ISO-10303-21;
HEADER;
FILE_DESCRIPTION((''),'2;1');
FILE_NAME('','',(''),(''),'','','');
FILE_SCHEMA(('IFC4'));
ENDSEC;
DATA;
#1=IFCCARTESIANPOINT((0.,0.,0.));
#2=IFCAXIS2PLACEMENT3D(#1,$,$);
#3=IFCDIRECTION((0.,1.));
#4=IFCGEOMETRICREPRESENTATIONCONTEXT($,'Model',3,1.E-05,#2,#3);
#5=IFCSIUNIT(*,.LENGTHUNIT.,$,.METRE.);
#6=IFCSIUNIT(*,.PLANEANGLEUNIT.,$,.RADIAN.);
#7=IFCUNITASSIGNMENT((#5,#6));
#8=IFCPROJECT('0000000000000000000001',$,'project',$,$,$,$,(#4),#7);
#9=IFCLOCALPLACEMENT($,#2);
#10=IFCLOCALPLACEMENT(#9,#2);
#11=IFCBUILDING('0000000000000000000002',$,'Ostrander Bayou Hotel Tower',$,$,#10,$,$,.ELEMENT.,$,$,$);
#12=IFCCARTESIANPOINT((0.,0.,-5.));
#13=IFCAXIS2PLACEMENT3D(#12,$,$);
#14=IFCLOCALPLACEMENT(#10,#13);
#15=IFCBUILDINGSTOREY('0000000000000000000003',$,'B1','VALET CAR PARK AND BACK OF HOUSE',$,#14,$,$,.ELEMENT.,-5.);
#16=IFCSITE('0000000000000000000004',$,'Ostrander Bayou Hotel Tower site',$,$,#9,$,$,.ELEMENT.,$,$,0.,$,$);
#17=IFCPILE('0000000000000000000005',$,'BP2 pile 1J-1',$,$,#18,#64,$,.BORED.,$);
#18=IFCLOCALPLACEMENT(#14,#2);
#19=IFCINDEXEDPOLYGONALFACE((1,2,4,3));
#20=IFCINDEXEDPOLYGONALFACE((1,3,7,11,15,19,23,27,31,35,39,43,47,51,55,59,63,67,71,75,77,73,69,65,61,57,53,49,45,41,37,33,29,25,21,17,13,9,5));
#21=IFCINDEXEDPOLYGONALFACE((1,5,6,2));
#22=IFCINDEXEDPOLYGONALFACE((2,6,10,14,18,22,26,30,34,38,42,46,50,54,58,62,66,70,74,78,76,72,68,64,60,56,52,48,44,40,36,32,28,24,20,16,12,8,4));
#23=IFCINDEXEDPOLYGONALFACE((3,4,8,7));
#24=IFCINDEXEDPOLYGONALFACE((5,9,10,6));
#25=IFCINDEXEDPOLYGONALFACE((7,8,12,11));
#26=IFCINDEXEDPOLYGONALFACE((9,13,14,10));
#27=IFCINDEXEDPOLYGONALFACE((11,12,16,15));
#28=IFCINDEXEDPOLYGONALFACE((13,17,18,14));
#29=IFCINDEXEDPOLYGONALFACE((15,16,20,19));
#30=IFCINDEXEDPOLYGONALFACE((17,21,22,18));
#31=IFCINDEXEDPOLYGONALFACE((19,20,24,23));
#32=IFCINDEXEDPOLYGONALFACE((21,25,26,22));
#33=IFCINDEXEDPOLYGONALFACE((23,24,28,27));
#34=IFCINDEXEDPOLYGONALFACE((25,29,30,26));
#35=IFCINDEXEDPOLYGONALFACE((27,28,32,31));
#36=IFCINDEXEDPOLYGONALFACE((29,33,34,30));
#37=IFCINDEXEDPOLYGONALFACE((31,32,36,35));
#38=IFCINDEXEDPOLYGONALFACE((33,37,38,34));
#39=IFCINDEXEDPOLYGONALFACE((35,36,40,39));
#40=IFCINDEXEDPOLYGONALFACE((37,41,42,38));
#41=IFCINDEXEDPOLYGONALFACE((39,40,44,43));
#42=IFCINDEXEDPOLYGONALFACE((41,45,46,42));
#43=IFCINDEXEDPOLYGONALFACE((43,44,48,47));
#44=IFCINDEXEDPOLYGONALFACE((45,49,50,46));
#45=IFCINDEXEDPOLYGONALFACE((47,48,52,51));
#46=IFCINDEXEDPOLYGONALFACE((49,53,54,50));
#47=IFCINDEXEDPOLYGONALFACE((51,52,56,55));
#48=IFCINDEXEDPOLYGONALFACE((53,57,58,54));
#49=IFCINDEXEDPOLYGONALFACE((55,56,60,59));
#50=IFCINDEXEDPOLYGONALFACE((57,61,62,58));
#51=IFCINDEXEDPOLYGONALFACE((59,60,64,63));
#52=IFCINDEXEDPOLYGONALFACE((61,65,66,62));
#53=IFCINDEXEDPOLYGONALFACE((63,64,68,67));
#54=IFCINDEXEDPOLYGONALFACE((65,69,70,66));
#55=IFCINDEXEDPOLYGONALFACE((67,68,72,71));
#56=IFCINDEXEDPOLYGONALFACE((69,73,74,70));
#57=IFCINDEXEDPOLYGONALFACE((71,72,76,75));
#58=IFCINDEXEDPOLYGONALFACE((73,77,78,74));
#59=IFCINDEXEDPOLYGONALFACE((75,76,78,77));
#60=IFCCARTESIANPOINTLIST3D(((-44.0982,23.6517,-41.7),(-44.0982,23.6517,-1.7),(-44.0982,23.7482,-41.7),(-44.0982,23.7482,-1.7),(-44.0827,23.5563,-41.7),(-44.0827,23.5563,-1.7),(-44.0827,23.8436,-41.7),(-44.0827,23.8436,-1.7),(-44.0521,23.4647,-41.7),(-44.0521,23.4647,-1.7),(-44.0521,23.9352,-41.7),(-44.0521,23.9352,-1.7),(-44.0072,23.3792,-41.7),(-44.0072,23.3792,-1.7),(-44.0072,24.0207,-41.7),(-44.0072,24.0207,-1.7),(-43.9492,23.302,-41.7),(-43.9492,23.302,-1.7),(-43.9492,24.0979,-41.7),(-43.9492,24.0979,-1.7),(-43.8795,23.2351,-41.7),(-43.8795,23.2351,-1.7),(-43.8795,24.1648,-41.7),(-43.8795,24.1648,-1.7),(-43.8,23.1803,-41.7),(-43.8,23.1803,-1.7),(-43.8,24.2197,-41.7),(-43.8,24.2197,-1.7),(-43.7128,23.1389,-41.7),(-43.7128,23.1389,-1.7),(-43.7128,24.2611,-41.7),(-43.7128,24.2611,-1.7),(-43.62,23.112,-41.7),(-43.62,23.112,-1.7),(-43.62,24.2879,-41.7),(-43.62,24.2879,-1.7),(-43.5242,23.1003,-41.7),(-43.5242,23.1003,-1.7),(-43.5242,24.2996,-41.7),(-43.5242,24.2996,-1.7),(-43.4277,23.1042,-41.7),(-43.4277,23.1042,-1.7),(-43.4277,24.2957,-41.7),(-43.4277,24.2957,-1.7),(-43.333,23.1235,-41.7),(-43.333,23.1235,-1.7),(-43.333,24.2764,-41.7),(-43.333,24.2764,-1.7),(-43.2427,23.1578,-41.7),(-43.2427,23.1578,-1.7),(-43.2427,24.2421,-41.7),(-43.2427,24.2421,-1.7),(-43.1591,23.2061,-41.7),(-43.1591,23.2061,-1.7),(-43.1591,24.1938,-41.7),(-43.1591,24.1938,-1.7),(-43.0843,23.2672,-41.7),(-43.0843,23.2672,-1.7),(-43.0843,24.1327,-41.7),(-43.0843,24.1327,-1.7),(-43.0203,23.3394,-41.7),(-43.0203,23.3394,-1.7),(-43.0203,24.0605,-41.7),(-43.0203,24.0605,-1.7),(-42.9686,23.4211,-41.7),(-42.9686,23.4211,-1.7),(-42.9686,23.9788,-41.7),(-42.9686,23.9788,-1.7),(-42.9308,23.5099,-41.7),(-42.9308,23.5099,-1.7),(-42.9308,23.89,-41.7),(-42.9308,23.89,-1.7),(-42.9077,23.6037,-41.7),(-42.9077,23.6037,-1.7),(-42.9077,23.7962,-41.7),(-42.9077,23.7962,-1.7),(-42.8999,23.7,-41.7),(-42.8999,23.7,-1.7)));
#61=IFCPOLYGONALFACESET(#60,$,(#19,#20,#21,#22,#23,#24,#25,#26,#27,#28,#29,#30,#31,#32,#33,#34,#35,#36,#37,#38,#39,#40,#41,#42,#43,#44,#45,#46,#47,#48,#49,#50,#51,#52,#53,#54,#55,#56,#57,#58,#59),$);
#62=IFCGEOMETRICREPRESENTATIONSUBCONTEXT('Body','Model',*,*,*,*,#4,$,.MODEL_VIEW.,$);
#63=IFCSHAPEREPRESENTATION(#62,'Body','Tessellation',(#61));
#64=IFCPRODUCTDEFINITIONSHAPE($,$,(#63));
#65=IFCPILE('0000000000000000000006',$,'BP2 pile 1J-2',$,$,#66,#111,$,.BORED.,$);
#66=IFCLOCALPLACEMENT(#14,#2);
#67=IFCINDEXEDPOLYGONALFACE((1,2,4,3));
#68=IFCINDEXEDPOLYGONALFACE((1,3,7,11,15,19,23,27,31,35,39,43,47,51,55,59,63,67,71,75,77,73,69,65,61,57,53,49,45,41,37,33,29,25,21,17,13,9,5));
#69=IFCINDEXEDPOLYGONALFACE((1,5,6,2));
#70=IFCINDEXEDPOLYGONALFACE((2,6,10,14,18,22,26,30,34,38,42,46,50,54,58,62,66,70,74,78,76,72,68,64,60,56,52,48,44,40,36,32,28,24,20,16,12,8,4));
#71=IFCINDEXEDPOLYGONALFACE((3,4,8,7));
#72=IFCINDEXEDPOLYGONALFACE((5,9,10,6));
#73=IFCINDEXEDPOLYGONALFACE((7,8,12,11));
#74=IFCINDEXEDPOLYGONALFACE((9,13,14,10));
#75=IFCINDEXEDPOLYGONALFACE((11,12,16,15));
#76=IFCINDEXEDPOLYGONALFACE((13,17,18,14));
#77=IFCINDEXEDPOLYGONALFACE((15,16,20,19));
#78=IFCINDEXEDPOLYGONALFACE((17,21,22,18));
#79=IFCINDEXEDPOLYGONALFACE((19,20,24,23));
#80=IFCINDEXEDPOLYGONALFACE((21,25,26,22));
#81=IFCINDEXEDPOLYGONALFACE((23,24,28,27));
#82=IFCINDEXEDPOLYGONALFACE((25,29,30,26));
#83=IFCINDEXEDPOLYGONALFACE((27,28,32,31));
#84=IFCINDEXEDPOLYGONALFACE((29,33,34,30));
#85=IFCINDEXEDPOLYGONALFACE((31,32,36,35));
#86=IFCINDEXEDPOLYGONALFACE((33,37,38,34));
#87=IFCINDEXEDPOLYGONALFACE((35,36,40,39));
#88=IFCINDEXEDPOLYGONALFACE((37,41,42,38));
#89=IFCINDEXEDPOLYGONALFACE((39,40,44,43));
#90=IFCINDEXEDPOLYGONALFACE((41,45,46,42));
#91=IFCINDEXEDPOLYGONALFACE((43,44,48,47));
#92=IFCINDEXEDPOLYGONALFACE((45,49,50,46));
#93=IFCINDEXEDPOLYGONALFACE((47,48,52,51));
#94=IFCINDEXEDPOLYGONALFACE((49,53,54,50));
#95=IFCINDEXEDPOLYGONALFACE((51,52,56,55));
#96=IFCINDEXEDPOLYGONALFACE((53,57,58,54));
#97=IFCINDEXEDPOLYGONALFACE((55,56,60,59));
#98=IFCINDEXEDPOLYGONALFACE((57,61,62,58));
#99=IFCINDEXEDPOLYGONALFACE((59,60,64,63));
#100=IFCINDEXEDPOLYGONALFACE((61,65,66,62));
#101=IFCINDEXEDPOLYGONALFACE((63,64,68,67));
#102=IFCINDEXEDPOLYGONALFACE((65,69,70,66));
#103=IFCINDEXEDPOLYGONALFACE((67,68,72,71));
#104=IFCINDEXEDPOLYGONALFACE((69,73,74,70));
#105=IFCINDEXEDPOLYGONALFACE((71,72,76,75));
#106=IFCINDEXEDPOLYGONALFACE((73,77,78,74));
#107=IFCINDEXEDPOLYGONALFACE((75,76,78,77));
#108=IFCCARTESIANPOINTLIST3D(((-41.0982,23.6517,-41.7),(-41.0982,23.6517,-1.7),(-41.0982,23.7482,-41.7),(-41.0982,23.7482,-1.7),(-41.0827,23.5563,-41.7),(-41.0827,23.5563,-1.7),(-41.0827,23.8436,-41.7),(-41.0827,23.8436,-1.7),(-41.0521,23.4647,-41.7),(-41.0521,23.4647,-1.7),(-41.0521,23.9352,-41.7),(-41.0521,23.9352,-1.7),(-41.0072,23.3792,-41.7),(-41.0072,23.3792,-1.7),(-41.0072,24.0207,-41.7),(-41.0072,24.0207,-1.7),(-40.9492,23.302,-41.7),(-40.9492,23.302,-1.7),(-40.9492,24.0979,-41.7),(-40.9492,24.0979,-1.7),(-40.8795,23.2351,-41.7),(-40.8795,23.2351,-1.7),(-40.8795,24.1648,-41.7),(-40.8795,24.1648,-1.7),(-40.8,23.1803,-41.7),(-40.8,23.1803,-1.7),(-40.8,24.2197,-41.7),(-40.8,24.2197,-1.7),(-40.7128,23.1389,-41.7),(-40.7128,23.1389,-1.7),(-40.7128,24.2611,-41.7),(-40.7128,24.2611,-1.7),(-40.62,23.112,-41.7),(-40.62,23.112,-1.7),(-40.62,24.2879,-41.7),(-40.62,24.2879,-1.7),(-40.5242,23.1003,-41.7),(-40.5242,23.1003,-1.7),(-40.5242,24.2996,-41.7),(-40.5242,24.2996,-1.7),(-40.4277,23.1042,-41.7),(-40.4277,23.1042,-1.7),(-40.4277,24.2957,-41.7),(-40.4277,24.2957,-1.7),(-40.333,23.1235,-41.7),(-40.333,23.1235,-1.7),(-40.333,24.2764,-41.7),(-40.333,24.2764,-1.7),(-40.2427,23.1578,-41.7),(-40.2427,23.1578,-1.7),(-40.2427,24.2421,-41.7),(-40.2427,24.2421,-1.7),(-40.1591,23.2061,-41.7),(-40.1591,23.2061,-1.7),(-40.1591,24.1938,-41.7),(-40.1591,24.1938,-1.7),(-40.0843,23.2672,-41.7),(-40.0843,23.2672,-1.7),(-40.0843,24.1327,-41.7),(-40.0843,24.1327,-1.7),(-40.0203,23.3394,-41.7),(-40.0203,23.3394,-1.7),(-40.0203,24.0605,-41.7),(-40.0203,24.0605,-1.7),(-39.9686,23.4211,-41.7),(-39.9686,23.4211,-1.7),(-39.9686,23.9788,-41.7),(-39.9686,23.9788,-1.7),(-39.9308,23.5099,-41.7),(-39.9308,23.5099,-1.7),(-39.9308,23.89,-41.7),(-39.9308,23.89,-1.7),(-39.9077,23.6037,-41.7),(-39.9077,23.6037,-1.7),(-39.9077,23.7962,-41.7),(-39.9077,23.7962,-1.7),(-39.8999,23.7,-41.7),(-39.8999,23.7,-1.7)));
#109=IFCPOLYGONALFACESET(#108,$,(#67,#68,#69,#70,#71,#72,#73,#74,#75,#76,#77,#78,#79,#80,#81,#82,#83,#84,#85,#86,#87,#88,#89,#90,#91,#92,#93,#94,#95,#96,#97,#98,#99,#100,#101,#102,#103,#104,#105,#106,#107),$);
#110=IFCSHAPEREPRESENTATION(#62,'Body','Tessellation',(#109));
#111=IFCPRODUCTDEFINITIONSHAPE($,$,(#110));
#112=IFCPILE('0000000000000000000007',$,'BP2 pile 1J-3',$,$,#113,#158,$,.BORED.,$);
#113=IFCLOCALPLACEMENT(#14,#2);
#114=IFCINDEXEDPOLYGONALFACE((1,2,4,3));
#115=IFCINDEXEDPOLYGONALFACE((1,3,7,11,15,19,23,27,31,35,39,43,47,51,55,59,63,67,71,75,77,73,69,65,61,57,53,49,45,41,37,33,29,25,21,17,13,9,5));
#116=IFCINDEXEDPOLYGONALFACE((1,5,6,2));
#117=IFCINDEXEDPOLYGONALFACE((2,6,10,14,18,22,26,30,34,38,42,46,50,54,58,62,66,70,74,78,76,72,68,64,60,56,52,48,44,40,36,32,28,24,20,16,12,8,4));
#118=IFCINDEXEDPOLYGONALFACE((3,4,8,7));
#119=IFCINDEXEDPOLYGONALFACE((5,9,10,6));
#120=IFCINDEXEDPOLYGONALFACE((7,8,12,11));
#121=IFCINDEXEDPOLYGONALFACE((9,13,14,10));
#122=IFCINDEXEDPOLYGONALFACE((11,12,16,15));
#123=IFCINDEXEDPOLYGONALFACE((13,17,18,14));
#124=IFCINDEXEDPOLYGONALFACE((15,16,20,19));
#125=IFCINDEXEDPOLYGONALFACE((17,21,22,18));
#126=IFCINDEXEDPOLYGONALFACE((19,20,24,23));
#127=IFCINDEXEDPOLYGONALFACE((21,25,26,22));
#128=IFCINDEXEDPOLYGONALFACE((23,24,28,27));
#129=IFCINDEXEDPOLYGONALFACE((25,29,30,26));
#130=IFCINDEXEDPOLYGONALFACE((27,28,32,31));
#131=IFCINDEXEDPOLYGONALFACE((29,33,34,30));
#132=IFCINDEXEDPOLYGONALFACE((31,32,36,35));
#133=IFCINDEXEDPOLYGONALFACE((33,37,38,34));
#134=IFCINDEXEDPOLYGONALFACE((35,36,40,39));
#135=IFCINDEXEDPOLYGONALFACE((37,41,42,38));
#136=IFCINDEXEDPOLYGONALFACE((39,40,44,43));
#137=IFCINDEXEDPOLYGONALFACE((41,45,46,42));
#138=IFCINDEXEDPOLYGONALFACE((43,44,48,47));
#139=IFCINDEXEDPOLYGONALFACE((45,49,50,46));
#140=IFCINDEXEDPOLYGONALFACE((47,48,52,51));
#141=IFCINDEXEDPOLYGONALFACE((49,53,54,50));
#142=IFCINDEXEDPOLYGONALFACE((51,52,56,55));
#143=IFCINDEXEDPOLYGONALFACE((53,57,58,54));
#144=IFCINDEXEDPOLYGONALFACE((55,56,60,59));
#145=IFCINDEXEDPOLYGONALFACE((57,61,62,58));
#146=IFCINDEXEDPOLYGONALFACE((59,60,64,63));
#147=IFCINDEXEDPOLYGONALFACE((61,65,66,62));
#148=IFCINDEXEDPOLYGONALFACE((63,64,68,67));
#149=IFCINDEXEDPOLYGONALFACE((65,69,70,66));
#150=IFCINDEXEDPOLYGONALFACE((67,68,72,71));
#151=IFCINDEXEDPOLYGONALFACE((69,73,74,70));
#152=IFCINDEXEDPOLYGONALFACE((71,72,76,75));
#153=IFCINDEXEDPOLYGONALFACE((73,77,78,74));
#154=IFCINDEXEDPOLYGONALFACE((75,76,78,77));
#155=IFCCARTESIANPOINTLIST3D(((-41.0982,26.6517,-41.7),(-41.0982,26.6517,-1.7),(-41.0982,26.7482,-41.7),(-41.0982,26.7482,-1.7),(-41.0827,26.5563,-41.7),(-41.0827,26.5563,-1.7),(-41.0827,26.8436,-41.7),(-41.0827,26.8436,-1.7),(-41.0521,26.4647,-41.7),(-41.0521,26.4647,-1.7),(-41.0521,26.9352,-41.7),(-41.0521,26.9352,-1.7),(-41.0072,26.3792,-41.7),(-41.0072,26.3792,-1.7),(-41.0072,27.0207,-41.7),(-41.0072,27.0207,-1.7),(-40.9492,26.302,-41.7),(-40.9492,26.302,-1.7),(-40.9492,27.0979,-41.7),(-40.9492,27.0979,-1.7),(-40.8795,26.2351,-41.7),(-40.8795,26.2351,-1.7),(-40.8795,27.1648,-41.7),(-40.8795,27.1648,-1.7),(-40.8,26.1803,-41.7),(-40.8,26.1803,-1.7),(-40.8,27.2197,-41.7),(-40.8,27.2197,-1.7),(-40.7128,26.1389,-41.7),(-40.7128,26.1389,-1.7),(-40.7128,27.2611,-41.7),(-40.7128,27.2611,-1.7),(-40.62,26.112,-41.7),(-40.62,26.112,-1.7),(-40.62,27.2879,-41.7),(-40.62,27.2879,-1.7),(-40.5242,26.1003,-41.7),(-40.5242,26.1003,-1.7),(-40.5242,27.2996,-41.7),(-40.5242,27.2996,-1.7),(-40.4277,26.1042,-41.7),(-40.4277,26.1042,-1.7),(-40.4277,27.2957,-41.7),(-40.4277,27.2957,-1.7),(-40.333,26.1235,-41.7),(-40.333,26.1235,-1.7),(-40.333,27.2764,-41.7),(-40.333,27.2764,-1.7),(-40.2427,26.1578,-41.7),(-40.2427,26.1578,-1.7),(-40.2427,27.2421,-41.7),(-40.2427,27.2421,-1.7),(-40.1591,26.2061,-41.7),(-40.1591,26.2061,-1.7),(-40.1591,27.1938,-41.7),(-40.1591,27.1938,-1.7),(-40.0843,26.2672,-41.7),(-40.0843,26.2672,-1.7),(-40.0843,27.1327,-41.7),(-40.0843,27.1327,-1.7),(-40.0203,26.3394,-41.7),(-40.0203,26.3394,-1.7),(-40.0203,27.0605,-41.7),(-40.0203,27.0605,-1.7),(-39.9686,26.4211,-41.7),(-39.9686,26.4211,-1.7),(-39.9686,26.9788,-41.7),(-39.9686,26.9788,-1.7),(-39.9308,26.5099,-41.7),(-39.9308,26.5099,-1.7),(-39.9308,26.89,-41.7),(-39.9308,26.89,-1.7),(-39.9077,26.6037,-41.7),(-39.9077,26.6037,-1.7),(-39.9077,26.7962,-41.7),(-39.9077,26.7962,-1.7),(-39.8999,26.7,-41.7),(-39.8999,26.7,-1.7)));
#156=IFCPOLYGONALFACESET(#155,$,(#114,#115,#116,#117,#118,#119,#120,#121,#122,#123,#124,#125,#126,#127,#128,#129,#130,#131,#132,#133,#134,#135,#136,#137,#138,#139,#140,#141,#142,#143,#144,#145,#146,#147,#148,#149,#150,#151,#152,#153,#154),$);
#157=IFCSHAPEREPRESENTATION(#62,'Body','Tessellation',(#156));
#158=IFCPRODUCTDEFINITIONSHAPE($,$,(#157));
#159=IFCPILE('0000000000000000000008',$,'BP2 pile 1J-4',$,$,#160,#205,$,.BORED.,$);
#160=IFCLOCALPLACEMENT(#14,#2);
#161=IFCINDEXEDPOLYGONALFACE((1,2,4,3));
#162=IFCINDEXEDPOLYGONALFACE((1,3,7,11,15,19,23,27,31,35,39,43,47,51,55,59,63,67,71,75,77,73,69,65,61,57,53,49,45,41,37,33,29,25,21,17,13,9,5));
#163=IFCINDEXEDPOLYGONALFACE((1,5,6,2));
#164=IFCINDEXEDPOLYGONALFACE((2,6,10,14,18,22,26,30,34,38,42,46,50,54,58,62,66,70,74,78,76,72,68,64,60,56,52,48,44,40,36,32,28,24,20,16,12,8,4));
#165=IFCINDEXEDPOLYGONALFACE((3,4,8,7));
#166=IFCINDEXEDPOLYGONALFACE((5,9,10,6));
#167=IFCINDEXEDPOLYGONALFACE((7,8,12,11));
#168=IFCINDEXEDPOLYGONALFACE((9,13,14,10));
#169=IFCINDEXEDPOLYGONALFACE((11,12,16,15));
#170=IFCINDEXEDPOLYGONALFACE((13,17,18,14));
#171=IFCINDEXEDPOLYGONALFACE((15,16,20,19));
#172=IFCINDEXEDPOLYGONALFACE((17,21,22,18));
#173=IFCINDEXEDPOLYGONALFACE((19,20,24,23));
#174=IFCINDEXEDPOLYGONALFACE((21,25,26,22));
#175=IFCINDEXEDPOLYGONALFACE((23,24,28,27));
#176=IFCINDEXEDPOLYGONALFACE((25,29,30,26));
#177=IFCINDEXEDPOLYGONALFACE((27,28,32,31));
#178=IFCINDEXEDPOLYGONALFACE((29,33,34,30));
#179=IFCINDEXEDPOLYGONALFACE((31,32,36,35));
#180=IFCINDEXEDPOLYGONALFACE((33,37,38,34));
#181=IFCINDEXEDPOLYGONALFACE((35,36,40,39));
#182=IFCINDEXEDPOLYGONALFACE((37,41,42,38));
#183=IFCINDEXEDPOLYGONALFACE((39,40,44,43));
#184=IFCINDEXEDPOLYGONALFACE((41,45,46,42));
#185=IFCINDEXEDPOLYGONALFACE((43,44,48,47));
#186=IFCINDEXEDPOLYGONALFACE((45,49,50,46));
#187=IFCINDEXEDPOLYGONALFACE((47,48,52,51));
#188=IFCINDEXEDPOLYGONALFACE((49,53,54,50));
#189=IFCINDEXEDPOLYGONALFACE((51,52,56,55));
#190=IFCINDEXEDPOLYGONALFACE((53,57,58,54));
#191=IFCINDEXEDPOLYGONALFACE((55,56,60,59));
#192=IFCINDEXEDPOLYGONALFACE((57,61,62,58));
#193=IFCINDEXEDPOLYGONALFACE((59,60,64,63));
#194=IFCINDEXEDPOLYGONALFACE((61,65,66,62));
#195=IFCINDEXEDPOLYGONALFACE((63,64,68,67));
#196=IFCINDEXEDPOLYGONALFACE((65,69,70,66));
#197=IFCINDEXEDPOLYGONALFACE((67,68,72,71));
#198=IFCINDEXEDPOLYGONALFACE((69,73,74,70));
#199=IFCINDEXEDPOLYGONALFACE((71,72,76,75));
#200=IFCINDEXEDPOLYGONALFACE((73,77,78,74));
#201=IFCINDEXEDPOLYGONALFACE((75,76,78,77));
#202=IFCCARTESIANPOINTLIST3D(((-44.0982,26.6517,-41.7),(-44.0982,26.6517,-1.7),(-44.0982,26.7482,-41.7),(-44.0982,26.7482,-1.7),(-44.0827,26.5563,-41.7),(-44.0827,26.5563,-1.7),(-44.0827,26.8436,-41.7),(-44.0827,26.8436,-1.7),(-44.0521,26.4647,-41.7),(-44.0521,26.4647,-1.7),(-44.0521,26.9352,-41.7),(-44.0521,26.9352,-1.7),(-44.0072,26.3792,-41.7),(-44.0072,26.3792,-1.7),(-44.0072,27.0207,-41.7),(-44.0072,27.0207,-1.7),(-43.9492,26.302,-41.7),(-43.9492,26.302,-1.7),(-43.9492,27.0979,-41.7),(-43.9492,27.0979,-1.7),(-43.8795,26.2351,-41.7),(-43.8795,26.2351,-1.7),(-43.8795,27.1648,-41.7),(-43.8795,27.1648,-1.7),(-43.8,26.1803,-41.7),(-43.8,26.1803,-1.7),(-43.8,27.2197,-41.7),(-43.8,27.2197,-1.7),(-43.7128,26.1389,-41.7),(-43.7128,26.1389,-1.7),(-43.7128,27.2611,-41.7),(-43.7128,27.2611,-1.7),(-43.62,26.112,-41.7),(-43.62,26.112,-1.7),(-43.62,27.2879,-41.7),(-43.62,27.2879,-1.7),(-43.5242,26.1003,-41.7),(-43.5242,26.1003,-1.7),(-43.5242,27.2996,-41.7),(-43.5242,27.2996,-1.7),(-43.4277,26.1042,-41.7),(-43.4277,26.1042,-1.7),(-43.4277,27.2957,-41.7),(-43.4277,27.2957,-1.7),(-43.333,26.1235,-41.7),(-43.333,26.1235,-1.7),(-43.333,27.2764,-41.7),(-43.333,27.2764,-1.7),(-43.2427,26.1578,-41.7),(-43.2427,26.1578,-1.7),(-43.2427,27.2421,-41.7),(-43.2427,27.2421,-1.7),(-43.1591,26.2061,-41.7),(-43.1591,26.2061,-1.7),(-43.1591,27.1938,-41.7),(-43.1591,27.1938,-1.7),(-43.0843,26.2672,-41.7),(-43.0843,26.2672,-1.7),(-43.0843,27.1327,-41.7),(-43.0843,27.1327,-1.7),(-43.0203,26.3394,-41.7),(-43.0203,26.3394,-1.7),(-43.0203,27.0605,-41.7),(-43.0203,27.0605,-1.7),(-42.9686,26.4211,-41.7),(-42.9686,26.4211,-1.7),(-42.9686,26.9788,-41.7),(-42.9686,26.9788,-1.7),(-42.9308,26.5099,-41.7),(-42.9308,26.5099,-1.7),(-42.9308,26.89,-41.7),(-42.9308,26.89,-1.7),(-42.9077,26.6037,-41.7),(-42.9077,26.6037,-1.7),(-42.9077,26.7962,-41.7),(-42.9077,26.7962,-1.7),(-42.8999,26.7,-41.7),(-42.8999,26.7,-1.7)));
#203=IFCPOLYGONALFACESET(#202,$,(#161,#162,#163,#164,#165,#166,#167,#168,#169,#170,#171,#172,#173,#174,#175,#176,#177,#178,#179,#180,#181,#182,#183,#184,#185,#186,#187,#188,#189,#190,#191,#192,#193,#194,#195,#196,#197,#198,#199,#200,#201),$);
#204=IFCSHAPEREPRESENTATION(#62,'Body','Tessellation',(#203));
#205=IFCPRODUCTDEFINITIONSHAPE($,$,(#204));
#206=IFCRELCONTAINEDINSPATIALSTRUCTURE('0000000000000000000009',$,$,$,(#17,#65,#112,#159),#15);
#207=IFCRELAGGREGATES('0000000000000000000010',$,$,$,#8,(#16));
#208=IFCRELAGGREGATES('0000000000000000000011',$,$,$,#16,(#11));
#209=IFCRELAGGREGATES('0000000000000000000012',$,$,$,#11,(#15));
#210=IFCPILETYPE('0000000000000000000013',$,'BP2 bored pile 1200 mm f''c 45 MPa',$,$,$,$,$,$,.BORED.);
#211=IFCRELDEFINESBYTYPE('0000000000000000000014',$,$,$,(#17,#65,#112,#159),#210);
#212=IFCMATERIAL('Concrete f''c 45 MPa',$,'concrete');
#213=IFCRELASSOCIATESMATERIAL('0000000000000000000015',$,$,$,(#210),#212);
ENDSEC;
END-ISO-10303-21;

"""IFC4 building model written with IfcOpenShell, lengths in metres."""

from ifc_helpers import new_model, si_unit, direction, frame, origin, origin_2d, place, context, subcontext, project, spatial, circle, extrude, material, material_profile, profile_set, type_object, element, save


model = new_model("IFC4")

# Units and contexts
model_context = context("Model", 3, precision=1e-05, world=origin(), true_north=direction((0.0, 1.0)))
body_context = subcontext(model_context, "Body", "Model", "MODEL_VIEW")
ifc_project = project(units=[si_unit("LENGTHUNIT", "METRE"), si_unit("PLANEANGLEUNIT", "RADIAN")], contexts=[model_context])

# Site, building, storey
site_placement = place(None, origin())
site = spatial("IfcSite", under=ifc_project, at=site_placement, Name="Ostrander Bayou Hotel Tower site", CompositionType="ELEMENT", RefElevation=0.0)
building_placement = place(site_placement, origin())
building = spatial("IfcBuilding", under=site, at=building_placement, Name="Ostrander Bayou Hotel Tower", CompositionType="ELEMENT")
storey_placement = place(building_placement, frame((0.0, 0.0, -5.0)))
storey = spatial("IfcBuildingStorey", under=building, at=storey_placement, Name="B1", Description="VALET CAR PARK AND BACK OF HOUSE", CompositionType="ELEMENT", Elevation=-5.0)

# Piles
ifc_material_1 = material(Name="Concrete f'c 45 MPa", Category="concrete")
ifc_material_profile_1 = material_profile(ifc_material_1, circle(Radius=0.6001, at=origin_2d()))
ifc_profile_set_1 = profile_set([ifc_material_profile_1], Name="Concrete f'c 45 MPa")
pile_type = type_object("IfcPileType", Name="BP2 bored pile 1200 mm f'c 45 MPa", PredefinedType="BORED", material=ifc_profile_set_1)
for number, where, z_axis, x_axis, name in (
    (1, (-43.5, 23.7, -1.7), (0.0, 0.0, -1.0), (1.0, 0.0, 0.0), "BP2 pile 1J-1"),
    (2, (-40.5, 23.7, -1.7), (0.0, 0.0, -1.0), (1.0, 0.0, 0.0), "BP2 pile 1J-2"),
    (3, (-40.5, 26.7, -1.7), (0.0, 0.0, -1.0), (1.0, 0.0, 0.0), "BP2 pile 1J-3"),
    (4, (-43.5, 26.7, -1.7), (0.0, 0.0, -1.0), (1.0, 0.0, 0.0), "BP2 pile 1J-4"),
):
    element("IfcPile", number, at=place(storey_placement, frame(where, z_axis=z_axis, x_axis=x_axis)), inside=storey, type_object=pile_type, Name=name, PredefinedType="BORED", context=body_context, shape_type="SweptSolid", body=[
        extrude(circle(Radius=0.6001, at=origin_2d()), origin(), (0.0, 0.0, 1.0), 40.0),
    ])

save(model, "model.ifc")
